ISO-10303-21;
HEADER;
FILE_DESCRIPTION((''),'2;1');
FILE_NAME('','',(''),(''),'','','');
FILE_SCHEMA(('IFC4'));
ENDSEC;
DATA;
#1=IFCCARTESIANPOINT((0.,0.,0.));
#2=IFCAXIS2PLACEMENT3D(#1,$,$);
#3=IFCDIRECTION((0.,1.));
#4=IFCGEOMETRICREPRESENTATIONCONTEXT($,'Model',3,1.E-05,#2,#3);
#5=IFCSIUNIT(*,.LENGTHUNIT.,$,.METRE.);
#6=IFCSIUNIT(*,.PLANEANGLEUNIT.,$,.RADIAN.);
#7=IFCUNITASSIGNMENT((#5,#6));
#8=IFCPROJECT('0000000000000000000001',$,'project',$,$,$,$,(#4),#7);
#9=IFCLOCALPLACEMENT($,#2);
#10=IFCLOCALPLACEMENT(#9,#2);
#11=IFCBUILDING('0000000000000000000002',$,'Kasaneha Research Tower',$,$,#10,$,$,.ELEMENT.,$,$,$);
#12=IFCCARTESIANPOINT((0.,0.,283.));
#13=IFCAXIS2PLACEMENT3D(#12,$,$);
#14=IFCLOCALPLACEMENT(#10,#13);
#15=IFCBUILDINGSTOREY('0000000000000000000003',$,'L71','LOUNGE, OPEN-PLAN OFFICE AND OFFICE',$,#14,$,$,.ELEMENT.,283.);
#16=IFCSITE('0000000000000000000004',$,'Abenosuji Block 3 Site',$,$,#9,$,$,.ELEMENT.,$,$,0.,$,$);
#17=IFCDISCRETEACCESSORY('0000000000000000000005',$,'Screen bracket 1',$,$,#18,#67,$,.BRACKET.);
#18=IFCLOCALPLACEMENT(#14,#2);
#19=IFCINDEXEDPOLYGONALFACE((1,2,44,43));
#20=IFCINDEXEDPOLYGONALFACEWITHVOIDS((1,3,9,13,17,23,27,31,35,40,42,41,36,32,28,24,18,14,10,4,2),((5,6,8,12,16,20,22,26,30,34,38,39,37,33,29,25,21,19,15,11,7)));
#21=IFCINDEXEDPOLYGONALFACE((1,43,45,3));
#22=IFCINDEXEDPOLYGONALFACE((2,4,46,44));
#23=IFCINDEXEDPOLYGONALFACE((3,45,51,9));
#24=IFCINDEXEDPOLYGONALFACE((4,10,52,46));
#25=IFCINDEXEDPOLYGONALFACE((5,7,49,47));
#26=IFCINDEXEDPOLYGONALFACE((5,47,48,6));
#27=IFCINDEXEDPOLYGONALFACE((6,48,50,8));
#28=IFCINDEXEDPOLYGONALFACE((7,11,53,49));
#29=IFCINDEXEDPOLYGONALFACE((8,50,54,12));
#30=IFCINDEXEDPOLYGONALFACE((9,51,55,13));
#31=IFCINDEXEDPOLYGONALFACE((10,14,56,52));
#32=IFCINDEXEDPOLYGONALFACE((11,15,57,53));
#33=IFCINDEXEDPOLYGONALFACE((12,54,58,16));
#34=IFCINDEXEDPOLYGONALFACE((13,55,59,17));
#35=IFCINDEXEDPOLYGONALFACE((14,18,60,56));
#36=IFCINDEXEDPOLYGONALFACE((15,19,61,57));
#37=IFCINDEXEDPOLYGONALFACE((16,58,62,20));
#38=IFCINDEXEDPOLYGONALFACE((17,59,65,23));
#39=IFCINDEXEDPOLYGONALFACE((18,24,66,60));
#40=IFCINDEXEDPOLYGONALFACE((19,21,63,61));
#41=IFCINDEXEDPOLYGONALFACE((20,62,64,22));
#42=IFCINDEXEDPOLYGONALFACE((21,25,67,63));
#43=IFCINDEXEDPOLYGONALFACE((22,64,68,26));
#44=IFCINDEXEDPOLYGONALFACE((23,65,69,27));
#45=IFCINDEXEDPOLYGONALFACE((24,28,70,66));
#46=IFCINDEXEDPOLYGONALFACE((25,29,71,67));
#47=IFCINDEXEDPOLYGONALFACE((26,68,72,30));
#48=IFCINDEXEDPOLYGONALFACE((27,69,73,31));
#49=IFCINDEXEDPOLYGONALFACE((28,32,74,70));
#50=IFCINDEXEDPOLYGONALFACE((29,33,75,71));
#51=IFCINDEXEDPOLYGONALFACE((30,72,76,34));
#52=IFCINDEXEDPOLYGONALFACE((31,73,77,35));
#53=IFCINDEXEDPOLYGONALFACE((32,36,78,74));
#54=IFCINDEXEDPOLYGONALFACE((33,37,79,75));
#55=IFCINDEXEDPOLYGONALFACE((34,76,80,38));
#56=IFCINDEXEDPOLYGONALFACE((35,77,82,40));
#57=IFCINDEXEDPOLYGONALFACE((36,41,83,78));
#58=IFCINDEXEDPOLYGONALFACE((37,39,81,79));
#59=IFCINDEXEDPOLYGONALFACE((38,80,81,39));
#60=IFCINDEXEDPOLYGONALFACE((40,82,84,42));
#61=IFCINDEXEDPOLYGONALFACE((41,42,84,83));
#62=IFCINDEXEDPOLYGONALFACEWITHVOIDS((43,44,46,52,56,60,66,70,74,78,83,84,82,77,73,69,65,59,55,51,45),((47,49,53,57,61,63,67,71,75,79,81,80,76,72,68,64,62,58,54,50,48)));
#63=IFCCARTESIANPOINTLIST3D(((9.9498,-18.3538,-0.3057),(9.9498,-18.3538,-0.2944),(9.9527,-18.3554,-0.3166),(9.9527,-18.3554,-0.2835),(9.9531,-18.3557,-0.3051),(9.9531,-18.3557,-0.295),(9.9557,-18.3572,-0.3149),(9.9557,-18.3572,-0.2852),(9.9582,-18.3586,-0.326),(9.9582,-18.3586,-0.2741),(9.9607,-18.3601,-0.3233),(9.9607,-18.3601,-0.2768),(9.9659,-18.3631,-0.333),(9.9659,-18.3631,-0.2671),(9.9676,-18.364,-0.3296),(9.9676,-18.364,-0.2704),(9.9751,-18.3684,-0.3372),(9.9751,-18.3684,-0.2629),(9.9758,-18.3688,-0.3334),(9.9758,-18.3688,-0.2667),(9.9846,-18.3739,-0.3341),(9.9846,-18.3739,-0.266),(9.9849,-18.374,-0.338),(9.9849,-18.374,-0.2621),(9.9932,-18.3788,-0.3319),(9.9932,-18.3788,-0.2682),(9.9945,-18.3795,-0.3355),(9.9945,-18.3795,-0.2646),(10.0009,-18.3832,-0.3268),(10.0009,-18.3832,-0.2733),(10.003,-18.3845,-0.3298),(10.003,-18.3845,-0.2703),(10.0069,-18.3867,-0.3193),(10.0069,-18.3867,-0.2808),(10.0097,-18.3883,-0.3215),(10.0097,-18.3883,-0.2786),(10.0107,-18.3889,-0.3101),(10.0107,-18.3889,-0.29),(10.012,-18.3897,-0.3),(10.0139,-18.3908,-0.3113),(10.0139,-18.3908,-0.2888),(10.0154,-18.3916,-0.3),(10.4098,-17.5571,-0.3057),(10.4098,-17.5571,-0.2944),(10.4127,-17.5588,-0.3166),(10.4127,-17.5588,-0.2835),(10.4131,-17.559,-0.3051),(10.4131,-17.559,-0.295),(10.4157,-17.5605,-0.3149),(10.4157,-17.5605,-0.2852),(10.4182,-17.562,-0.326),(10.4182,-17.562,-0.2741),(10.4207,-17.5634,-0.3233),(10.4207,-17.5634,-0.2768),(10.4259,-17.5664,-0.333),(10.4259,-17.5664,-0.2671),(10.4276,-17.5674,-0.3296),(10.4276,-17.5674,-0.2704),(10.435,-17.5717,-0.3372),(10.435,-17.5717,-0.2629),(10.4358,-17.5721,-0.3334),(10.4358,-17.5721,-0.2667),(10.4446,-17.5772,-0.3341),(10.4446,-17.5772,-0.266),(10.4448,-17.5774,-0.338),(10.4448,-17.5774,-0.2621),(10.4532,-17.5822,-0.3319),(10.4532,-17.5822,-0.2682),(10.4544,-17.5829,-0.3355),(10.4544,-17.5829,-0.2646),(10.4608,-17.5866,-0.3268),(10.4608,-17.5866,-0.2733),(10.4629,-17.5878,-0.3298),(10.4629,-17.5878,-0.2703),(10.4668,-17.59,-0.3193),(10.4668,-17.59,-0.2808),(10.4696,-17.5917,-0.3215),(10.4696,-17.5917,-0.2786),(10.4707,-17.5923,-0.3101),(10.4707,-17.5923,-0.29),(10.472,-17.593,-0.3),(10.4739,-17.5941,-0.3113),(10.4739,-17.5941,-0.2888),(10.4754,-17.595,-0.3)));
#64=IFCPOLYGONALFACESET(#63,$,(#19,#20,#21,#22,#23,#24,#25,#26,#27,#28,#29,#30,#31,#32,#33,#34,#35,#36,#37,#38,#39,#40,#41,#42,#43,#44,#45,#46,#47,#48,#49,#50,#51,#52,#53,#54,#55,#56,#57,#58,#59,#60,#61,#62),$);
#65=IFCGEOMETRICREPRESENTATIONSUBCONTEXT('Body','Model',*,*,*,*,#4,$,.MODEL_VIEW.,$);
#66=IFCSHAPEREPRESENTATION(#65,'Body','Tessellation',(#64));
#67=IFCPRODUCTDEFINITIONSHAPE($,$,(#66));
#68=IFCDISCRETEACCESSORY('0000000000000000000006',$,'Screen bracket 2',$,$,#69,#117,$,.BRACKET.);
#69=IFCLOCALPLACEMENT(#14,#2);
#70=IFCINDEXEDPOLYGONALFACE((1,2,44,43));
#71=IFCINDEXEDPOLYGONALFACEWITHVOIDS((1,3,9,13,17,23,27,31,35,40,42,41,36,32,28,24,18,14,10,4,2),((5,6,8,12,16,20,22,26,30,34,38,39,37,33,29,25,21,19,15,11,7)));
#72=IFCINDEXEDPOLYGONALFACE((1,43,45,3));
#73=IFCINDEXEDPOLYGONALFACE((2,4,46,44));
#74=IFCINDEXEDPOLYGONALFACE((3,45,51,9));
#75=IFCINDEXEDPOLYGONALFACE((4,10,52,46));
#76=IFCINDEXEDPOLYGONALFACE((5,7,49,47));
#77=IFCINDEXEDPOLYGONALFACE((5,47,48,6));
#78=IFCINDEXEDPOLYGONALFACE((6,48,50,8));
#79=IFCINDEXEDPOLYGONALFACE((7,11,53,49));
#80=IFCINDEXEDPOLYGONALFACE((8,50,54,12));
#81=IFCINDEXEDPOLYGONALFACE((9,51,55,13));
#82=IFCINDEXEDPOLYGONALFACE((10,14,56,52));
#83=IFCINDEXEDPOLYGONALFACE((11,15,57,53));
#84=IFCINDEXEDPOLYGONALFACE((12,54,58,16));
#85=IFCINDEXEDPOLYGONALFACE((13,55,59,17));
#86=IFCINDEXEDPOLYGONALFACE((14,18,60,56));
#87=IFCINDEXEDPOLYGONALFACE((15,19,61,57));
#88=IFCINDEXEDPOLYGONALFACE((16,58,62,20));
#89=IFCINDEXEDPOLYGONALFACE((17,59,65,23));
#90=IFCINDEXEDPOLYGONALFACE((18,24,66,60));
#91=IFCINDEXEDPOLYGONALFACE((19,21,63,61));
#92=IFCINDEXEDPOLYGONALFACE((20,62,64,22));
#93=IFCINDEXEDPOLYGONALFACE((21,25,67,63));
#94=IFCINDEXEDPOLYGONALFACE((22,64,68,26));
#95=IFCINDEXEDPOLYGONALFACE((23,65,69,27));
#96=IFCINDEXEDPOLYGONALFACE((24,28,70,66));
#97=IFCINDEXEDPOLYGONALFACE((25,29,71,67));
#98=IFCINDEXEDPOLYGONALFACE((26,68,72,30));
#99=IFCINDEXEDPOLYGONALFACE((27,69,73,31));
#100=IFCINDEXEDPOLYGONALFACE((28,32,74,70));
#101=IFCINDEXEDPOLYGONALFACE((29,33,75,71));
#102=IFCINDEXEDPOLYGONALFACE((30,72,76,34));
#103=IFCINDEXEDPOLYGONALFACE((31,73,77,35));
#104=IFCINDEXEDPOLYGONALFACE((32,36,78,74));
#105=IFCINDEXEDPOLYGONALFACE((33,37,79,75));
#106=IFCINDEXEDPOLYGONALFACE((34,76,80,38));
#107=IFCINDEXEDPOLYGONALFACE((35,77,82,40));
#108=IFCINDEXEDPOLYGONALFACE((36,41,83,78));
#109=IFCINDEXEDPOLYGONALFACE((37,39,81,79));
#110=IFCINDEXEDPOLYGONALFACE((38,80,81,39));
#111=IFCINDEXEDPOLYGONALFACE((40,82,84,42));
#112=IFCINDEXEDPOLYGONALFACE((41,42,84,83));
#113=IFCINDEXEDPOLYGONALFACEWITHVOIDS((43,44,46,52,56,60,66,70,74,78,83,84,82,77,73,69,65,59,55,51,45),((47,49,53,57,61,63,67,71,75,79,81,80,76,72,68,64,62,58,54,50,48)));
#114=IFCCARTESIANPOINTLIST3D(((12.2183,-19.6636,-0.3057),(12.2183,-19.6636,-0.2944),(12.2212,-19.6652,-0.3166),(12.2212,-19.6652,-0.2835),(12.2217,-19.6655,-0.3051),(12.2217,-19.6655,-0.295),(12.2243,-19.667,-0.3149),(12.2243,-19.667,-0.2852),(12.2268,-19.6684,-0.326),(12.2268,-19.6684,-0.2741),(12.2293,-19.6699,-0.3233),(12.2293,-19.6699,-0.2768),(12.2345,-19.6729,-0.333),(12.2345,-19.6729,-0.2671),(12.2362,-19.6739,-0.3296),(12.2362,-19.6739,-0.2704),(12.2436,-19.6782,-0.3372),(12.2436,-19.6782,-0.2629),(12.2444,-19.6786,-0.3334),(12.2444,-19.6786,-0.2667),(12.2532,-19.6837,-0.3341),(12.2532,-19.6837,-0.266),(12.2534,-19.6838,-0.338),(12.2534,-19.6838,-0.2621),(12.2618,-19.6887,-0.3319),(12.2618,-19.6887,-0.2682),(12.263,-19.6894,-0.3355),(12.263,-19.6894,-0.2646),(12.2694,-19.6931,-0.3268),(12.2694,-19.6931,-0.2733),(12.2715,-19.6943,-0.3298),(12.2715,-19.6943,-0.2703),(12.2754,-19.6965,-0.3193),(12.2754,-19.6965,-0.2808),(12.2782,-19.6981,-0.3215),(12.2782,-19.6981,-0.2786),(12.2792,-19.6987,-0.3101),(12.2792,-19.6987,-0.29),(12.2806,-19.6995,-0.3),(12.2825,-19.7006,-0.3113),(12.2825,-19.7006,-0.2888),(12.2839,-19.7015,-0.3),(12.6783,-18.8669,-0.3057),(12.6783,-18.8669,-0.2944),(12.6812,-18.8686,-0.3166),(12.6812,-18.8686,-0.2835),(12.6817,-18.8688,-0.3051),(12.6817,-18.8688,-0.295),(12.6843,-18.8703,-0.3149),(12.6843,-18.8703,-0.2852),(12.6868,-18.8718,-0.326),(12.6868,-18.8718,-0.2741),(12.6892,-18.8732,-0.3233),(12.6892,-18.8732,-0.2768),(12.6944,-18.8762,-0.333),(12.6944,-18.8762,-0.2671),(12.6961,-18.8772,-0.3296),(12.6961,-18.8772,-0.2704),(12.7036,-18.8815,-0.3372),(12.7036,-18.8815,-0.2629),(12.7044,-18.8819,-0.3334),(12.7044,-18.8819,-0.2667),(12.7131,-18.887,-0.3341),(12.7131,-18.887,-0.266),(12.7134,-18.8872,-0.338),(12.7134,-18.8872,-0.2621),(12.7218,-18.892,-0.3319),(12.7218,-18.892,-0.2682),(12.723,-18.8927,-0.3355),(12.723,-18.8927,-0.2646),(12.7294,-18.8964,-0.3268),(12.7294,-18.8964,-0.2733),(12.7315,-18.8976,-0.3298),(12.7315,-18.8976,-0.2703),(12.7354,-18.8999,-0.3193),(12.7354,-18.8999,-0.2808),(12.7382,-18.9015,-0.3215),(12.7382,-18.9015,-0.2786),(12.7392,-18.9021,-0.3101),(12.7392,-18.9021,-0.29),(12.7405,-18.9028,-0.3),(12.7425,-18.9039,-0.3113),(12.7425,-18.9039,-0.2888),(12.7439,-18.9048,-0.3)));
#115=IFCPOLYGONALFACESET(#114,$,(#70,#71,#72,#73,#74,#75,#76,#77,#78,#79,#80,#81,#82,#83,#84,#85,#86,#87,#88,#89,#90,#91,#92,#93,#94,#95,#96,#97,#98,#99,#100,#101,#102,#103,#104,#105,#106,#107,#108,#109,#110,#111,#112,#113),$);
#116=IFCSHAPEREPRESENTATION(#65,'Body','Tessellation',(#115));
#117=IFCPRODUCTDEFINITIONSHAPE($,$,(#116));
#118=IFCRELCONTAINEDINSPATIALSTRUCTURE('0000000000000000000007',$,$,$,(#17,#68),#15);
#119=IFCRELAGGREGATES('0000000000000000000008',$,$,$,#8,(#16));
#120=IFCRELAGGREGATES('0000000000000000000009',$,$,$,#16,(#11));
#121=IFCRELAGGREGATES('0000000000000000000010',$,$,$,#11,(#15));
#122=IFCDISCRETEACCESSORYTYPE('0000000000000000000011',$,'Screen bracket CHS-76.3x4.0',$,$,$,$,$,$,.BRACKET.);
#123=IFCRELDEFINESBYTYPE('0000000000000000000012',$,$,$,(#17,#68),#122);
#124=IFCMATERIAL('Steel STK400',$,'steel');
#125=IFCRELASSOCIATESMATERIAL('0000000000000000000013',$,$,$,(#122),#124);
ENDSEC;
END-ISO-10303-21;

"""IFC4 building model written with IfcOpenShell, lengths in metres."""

from ifc_helpers import new_model, si_unit, direction, frame, origin, origin_2d, place, context, subcontext, project, spatial, hollow_circle, extrude, material, material_profile, profile_set, type_object, element, save


model = new_model("IFC4")

# Units and contexts
model_context = context("Model", 3, precision=1e-05, world=origin(), true_north=direction((0.0, 1.0)))
body_context = subcontext(model_context, "Body", "Model", "MODEL_VIEW")
ifc_project = project(units=[si_unit("LENGTHUNIT", "METRE"), si_unit("PLANEANGLEUNIT", "RADIAN")], contexts=[model_context])

# Site, building, storey
site_placement = place(None, origin())
site = spatial("IfcSite", under=ifc_project, at=site_placement, Name="Abenosuji Block 3 Site", CompositionType="ELEMENT", RefElevation=0.0)
building_placement = place(site_placement, origin())
building = spatial("IfcBuilding", under=site, at=building_placement, Name="Kasaneha Research Tower", CompositionType="ELEMENT")
storey_placement = place(building_placement, frame((0.0, 0.0, 283.0)))
storey = spatial("IfcBuildingStorey", under=building, at=storey_placement, Name="L71", Description="LOUNGE, OPEN-PLAN OFFICE AND OFFICE", CompositionType="ELEMENT", Elevation=283.0)

# Discrete accessories
ifc_material_1 = material(Name="Steel STK400", Category="steel")
ifc_material_profile_1 = material_profile(ifc_material_1, hollow_circle(Radius=0.0381, WallThickness=0.0039, at=origin_2d()), Name="CHS-76.3x4.0")
ifc_profile_set_1 = profile_set([ifc_material_profile_1], Name="Steel STK400")
discrete_accessory_type = type_object("IfcDiscreteAccessoryType", Name="Screen bracket CHS-76.3x4.0", PredefinedType="BRACKET", material=ifc_profile_set_1)
for number, where, z_axis, x_axis, name in (
    (1, (10.4424, -17.5759, -0.3), (-0.500021, -0.866013, 0.0), (0.866013, -0.500021, 0.0), "Screen bracket 1"),
    (2, (12.7109, -18.8857, -0.3), (-0.500021, -0.866013, 0.0), (0.866013, -0.500021, 0.0), "Screen bracket 2"),
):
    element("IfcDiscreteAccessory", number, at=place(storey_placement, frame(where, z_axis=z_axis, x_axis=x_axis)), inside=storey, type_object=discrete_accessory_type, Name=name, PredefinedType="BRACKET", context=body_context, shape_type="SweptSolid", body=[
        extrude(hollow_circle(Radius=0.0381, WallThickness=0.0039, at=origin_2d()), origin(), (0.0, 0.0, 1.0), 0.9199),
    ])

save(model, "model.ifc")
